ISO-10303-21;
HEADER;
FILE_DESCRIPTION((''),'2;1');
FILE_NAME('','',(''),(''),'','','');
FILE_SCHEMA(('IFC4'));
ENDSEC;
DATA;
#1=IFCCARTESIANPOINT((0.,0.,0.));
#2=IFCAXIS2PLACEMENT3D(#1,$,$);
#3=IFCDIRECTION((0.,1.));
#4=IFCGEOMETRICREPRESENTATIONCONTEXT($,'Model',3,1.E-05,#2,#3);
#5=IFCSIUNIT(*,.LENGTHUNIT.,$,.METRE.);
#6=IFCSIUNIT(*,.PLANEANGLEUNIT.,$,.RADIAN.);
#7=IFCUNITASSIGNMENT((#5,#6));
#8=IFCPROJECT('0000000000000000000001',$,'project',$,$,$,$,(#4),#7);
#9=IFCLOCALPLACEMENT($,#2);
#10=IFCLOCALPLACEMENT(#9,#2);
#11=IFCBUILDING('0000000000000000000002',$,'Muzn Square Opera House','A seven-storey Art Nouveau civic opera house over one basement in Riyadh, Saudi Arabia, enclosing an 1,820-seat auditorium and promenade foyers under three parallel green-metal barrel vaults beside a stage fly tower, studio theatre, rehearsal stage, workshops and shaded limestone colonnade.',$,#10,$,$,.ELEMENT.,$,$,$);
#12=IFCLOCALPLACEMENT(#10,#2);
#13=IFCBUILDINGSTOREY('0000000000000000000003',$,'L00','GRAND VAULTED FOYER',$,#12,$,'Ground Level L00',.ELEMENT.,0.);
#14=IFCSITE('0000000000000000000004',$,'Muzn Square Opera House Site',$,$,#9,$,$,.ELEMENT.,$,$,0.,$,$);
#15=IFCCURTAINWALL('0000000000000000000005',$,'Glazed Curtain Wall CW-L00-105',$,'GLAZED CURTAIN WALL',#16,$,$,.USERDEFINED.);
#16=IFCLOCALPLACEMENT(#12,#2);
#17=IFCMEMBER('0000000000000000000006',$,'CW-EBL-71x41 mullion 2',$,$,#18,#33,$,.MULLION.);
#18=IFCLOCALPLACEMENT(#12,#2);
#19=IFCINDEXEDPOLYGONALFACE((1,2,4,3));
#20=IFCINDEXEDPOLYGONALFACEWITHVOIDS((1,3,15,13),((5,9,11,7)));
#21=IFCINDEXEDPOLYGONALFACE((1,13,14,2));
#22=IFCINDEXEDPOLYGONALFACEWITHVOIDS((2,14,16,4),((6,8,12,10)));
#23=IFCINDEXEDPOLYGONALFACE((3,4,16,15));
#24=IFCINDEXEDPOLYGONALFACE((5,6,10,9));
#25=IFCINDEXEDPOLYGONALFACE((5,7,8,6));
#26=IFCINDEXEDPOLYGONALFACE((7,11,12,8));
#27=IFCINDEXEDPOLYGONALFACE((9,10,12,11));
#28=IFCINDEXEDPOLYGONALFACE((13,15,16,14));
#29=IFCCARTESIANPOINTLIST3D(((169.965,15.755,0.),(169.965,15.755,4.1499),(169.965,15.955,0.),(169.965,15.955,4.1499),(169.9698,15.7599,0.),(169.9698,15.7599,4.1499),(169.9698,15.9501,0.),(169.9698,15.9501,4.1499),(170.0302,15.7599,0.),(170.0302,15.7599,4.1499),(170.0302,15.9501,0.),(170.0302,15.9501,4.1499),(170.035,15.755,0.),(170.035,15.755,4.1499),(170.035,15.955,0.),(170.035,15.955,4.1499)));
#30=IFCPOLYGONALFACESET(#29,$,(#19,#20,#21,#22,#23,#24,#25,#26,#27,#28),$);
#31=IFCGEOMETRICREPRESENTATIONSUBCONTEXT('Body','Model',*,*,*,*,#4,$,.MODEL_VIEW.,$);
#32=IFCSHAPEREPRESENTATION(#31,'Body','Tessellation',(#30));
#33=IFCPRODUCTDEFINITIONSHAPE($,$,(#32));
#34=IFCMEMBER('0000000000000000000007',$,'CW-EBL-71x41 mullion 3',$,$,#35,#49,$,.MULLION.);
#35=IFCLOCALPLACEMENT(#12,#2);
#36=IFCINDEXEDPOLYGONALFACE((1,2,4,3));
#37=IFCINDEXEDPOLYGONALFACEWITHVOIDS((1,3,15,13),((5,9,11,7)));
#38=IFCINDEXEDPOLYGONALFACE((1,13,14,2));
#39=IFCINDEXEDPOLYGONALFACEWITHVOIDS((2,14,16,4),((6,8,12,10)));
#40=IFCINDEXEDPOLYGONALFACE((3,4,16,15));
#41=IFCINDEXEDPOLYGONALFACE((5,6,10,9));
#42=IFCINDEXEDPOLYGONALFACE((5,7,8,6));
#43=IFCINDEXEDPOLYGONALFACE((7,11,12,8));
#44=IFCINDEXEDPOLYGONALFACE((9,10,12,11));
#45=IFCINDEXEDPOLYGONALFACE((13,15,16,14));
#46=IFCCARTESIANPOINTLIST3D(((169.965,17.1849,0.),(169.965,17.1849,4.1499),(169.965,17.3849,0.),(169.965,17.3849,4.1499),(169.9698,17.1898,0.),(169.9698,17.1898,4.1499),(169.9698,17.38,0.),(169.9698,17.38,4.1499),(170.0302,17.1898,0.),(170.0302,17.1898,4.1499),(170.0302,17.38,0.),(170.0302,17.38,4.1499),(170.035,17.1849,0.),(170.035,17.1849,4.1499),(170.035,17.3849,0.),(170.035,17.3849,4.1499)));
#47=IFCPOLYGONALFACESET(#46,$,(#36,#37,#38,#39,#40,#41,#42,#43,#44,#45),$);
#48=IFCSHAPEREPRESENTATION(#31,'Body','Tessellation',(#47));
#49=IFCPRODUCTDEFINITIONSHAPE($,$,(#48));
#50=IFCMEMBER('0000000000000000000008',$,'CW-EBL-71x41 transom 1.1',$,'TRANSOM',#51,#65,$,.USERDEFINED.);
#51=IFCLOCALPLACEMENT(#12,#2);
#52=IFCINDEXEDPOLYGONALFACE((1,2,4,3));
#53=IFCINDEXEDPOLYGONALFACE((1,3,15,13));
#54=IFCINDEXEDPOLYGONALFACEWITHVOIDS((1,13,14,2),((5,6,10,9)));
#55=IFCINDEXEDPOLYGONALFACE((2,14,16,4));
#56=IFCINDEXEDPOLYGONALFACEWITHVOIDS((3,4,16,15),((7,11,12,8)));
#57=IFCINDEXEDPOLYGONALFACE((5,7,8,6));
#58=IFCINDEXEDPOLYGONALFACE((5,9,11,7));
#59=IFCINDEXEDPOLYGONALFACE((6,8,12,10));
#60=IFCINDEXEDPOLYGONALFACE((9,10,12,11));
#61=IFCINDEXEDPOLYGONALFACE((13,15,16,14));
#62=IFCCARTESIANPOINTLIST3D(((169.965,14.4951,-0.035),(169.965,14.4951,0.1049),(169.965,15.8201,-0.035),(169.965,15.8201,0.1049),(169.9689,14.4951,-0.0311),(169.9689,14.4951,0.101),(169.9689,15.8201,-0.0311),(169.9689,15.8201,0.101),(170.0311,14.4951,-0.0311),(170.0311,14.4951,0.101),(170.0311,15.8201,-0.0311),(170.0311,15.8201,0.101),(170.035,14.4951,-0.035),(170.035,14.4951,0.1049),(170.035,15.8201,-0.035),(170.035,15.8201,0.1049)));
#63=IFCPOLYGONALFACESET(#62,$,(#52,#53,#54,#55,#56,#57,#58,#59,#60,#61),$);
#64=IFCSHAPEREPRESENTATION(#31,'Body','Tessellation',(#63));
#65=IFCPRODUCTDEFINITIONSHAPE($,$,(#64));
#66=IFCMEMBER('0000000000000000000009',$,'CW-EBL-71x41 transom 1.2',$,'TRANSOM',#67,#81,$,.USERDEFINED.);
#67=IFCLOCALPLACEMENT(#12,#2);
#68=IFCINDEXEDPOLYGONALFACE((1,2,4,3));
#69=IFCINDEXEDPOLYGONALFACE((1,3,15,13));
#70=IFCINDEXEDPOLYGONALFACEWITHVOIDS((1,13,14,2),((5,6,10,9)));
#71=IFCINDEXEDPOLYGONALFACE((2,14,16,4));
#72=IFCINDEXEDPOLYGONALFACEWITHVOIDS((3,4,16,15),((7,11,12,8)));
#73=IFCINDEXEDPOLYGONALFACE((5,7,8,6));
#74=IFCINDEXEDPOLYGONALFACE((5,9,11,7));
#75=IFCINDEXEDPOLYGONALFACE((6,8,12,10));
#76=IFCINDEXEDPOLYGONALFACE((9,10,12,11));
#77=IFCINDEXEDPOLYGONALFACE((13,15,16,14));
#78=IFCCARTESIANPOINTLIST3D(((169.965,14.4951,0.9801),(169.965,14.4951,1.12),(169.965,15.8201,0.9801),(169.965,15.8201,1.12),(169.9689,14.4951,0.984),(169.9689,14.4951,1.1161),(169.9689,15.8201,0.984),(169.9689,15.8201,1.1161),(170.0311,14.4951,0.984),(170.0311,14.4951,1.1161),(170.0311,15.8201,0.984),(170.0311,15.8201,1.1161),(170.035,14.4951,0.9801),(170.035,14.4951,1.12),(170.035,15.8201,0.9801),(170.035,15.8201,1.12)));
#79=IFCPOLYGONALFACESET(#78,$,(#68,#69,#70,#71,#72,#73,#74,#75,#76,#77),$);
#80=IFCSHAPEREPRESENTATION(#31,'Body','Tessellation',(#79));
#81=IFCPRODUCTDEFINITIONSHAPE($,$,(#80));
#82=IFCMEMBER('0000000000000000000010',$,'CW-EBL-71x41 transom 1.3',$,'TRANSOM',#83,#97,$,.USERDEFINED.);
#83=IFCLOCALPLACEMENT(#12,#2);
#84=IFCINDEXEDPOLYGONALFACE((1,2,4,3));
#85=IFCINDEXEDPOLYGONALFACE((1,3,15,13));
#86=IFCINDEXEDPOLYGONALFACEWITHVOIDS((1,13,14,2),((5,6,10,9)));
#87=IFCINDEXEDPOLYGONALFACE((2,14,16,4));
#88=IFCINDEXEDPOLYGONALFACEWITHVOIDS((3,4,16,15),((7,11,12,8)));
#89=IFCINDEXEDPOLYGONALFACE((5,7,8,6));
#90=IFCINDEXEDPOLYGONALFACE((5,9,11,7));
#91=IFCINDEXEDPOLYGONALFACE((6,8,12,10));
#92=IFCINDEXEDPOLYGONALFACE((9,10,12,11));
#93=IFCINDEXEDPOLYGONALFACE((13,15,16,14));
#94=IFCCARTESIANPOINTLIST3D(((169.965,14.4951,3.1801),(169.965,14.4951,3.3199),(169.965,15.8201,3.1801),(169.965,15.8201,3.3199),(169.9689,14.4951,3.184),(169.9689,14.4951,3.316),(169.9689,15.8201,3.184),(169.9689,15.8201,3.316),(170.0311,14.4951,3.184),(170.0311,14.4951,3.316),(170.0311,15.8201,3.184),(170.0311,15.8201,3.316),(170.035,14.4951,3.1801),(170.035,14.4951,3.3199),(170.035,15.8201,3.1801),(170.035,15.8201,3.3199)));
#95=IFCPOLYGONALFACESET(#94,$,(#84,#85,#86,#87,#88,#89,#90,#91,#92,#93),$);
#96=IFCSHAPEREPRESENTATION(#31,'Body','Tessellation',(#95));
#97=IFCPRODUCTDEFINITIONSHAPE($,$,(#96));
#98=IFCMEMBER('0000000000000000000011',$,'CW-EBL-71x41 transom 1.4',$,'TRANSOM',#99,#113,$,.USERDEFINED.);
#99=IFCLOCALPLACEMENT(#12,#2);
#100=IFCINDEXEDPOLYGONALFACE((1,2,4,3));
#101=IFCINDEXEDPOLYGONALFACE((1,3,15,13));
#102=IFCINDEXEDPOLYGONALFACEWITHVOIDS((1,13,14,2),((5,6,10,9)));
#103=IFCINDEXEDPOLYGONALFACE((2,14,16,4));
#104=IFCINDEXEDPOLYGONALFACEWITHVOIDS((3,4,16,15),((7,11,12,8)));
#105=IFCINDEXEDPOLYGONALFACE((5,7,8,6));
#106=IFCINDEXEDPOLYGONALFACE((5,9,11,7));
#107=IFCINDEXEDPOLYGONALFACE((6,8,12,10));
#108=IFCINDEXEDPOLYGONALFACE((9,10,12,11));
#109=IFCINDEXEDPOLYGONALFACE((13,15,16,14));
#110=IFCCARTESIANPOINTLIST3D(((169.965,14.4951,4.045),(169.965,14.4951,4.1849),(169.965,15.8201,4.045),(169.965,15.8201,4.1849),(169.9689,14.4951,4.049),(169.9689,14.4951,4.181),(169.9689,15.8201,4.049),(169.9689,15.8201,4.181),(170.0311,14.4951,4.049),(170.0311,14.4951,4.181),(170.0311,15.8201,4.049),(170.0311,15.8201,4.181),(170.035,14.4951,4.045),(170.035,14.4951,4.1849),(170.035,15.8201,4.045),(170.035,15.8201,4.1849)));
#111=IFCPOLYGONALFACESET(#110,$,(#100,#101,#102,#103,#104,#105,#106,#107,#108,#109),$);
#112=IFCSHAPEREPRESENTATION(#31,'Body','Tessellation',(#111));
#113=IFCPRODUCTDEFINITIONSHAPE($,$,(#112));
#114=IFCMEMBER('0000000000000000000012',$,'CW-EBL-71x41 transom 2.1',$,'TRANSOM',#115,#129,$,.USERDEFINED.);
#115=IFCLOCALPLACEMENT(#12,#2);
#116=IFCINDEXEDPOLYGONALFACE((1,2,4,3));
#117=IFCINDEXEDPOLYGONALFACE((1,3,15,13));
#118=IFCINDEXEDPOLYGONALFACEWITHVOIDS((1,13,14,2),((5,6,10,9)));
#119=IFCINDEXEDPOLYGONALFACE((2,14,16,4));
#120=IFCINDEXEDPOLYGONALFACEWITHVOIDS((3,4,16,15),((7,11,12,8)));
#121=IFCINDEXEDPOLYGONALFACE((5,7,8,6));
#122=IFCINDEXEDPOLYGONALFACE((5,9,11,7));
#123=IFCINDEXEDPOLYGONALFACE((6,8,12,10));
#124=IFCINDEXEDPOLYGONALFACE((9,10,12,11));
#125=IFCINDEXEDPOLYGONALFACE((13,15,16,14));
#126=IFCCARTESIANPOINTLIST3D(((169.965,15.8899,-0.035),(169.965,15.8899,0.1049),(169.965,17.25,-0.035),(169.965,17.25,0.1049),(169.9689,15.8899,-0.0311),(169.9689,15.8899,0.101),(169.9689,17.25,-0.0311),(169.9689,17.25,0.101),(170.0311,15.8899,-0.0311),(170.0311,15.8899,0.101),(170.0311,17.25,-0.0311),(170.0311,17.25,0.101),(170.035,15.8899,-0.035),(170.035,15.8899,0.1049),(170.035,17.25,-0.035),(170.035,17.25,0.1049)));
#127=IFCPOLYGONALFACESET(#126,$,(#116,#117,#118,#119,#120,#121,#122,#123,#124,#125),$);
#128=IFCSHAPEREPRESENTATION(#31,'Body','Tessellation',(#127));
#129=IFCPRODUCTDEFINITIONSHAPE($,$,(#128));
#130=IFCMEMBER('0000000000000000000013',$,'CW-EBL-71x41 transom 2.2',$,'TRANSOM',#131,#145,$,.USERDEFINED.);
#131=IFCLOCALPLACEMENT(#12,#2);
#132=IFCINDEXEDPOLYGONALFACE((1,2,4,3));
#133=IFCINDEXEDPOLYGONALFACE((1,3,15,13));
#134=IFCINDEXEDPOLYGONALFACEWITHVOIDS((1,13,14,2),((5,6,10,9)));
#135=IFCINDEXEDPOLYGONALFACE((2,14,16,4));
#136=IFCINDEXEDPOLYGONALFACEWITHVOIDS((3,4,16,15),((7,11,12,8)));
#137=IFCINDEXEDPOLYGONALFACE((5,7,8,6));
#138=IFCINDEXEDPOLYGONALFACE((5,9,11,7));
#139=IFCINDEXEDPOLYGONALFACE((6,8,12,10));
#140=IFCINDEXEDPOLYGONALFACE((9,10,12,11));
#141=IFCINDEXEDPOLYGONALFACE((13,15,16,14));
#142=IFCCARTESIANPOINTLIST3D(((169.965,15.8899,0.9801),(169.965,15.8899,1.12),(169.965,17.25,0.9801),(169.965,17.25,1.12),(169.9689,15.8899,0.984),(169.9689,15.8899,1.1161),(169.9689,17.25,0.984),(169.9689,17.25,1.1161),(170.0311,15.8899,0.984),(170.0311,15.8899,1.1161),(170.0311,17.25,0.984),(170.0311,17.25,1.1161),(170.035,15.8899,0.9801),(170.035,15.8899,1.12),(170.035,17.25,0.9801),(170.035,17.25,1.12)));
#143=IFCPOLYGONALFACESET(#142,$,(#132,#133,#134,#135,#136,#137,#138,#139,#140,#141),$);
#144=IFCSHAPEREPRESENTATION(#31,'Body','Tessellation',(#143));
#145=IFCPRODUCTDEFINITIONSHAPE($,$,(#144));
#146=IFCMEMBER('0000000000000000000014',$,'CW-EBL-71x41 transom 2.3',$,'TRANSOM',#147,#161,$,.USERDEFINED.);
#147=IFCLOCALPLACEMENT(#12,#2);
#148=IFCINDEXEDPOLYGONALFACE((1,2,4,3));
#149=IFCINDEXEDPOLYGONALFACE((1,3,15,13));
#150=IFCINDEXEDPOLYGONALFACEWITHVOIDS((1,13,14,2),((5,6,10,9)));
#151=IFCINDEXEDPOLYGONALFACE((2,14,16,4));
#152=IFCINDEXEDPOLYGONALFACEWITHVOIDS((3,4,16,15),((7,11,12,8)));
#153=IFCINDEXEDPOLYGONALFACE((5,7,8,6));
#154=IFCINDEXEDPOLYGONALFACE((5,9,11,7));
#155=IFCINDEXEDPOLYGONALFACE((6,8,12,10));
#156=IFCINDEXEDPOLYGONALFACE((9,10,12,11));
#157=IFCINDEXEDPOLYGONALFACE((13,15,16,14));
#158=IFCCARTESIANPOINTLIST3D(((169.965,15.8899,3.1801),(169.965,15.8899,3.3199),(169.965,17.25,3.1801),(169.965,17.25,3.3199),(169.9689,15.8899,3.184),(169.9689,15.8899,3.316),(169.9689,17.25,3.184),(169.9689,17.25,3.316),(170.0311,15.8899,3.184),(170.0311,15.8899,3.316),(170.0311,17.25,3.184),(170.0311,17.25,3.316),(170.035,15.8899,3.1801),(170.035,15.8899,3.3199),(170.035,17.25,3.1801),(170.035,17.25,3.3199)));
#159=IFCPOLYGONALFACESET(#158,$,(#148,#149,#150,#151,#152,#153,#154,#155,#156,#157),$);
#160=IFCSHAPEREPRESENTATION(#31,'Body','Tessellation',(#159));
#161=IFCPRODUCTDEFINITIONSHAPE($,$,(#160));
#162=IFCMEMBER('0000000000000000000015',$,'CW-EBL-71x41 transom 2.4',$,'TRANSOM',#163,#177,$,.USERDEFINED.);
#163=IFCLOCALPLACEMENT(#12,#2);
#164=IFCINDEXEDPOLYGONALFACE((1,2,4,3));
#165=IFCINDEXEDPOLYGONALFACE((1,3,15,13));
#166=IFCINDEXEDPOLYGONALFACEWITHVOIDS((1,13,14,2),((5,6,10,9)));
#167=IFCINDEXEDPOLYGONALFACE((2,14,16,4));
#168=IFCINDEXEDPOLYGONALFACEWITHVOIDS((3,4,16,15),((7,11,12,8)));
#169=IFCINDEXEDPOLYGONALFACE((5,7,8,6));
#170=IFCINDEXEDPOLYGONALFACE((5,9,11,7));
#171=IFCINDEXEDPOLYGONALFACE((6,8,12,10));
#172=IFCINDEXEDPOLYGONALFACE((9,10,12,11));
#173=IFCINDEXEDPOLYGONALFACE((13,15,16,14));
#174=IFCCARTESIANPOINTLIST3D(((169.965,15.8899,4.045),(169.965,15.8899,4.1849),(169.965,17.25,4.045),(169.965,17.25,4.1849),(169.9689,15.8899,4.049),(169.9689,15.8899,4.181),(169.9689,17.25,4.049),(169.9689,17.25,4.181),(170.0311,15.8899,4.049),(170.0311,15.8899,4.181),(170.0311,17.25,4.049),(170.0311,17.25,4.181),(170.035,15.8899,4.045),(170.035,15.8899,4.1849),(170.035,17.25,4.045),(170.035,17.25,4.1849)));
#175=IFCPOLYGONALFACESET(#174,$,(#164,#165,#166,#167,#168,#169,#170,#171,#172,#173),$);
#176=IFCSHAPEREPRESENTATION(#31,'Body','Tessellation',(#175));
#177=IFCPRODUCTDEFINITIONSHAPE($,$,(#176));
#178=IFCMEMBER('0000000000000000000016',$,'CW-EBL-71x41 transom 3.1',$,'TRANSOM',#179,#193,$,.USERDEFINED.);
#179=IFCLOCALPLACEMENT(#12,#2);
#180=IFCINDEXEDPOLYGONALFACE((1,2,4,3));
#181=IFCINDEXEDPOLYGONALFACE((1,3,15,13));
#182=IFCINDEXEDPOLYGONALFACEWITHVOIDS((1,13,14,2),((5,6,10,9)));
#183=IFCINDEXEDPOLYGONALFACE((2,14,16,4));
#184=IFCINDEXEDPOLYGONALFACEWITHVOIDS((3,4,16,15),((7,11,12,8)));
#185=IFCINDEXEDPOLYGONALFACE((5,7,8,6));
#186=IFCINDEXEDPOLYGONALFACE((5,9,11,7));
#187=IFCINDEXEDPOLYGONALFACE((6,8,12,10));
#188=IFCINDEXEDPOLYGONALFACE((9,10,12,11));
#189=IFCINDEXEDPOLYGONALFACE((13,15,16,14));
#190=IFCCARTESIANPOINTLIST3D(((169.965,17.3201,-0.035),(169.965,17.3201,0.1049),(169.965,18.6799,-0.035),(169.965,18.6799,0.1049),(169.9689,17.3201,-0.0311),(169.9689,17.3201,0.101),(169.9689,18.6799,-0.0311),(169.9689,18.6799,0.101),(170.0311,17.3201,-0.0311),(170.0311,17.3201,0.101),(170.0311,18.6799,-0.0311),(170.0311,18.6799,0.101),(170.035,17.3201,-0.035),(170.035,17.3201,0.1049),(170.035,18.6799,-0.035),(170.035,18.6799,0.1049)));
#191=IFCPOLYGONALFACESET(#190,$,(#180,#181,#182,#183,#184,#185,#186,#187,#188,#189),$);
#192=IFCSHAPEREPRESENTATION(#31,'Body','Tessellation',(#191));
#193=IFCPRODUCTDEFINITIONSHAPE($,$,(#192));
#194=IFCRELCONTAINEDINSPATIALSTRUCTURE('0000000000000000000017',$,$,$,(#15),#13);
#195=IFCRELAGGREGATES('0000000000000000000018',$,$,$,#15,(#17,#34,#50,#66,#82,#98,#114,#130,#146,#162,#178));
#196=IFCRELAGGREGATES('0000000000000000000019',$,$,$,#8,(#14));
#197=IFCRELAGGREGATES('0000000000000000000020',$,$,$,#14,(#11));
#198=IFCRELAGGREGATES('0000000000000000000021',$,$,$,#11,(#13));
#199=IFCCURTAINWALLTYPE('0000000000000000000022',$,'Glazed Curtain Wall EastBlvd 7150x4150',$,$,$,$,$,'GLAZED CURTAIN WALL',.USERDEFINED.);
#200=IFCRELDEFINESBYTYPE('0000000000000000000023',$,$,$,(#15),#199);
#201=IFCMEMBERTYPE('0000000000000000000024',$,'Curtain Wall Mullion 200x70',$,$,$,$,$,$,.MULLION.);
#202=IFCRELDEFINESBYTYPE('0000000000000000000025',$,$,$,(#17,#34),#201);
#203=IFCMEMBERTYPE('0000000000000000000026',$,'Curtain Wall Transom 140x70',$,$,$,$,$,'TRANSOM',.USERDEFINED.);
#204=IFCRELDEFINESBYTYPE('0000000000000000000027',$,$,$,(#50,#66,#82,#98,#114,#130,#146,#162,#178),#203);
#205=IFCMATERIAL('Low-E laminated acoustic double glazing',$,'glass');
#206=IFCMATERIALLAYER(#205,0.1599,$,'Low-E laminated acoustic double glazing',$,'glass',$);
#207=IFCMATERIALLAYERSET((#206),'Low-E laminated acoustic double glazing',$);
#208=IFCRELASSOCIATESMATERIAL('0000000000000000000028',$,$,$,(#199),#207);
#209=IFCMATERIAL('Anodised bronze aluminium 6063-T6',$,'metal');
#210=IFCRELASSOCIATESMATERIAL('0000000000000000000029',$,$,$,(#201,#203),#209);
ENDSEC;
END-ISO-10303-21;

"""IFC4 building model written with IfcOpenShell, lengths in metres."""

from ifc_helpers import new_model, si_unit, direction, frame, origin, origin_2d, place, context, subcontext, project, spatial, hollow_rectangle, extrude, material, layer, layer_set, material_profile, profile_set, type_object, element, aggregate, save


model = new_model("IFC4")

# Units and contexts
model_context = context("Model", 3, precision=1e-05, world=origin(), true_north=direction((0.0, 1.0)))
body_context = subcontext(model_context, "Body", "Model", "MODEL_VIEW")
ifc_project = project(units=[si_unit("LENGTHUNIT", "METRE"), si_unit("PLANEANGLEUNIT", "RADIAN")], contexts=[model_context])

# Site, building, storey
site_placement = place(None, origin())
site = spatial("IfcSite", under=ifc_project, at=site_placement, Name="Muzn Square Opera House Site", CompositionType="ELEMENT", RefElevation=0.0)
building_placement = place(site_placement, origin())
building = spatial("IfcBuilding", under=site, at=building_placement, Name="Muzn Square Opera House", Description="A seven-storey Art Nouveau civic opera house over one basement in Riyadh, Saudi Arabia, enclosing an 1,820-seat auditorium and promenade foyers under three parallel green-metal barrel vaults beside a stage fly tower, studio theatre, rehearsal stage, workshops and shaded limestone colonnade.", CompositionType="ELEMENT")
storey_placement = place(building_placement, origin())
storey = spatial("IfcBuildingStorey", under=building, at=storey_placement, Name="L00", Description="GRAND VAULTED FOYER", LongName="Ground Level L00", CompositionType="ELEMENT", Elevation=0.0)

# Curtain wall, members
ifc_material_1 = material(Name="Low-E laminated acoustic double glazing", Category="glass")
ifc_layer_1 = layer(ifc_material_1, 0.1599, Name="Low-E laminated acoustic double glazing", Category="glass")
ifc_layer_set_1 = layer_set([ifc_layer_1], Name="Low-E laminated acoustic double glazing")
curtain_wall_type = type_object("IfcCurtainWallType", Name="Glazed Curtain Wall EastBlvd 7150x4150", ElementType="GLAZED CURTAIN WALL", PredefinedType="USERDEFINED", material=ifc_layer_set_1)
curtain_wall_placement = place(storey_placement, origin())
curtain_wall = element("IfcCurtainWall", 1, at=curtain_wall_placement, inside=storey, type_object=curtain_wall_type, Name="Glazed Curtain Wall CW-L00-105", ObjectType="GLAZED CURTAIN WALL", PredefinedType="USERDEFINED")
ifc_material_2 = material(Name="Anodised bronze aluminium 6063-T6", Category="metal")
ifc_material_profile_1 = material_profile(ifc_material_2, hollow_rectangle(XDim=0.0701, YDim=0.2, WallThickness=0.0049, at=origin_2d()), Name="ALU 200x70x5", Category="metal")
ifc_profile_set_1 = profile_set([ifc_material_profile_1], Name="Anodised bronze aluminium 6063-T6")
member_type_1 = type_object("IfcMemberType", Name="Curtain Wall Mullion 200x70", PredefinedType="MULLION", material=ifc_profile_set_1)
member_1_placement = place(storey_placement, frame((170.0, 15.855, 0.0), z_axis=(0.0, 0.0, 1.0), x_axis=(-1.0, 0.0, 0.0)))
member_1 = element("IfcMember", 2, at=member_1_placement, type_object=member_type_1, Name="CW-EBL-71x41 mullion 2", PredefinedType="MULLION", context=body_context, shape_type="SweptSolid", body=[
    extrude(hollow_rectangle(XDim=0.0701, YDim=0.2, WallThickness=0.0049, at=origin_2d()), origin(), (0.0, 0.0, 1.0), 4.1499),
])
member_2_placement = place(storey_placement, frame((170.0, 17.2849, 0.0), z_axis=(0.0, 0.0, 1.0), x_axis=(-1.0, 0.0, 0.0)))
member_2 = element("IfcMember", 3, at=member_2_placement, type_object=member_type_1, Name="CW-EBL-71x41 mullion 3", PredefinedType="MULLION", context=body_context, shape_type="SweptSolid", body=[
    extrude(hollow_rectangle(XDim=0.0701, YDim=0.2, WallThickness=0.0049, at=origin_2d()), origin(), (0.0, 0.0, 1.0), 4.1499),
])
ifc_material_profile_2 = material_profile(ifc_material_2, hollow_rectangle(XDim=0.0701, YDim=0.1399, WallThickness=0.0039, at=origin_2d()), Name="ALU 140x70x4", Category="metal")
ifc_profile_set_2 = profile_set([ifc_material_profile_2], Name="Anodised bronze aluminium 6063-T6")
member_type_2 = type_object("IfcMemberType", Name="Curtain Wall Transom 140x70", ElementType="TRANSOM", PredefinedType="USERDEFINED", material=ifc_profile_set_2)
member_3_placement = place(storey_placement, frame((170.0, 14.4951, 0.0349), z_axis=(0.0, 1.0, 0.0), x_axis=(-1.0, 0.0, 0.0)))
member_3 = element("IfcMember", 4, at=member_3_placement, type_object=member_type_2, Name="CW-EBL-71x41 transom 1.1", ObjectType="TRANSOM", PredefinedType="USERDEFINED", context=body_context, shape_type="SweptSolid", body=[
    extrude(hollow_rectangle(XDim=0.0701, YDim=0.1399, WallThickness=0.0039, at=origin_2d()), origin(), (0.0, 0.0, 1.0), 1.325),
])
member_4_placement = place(storey_placement, frame((170.0, 14.4951, 1.05), z_axis=(0.0, 1.0, 0.0), x_axis=(-1.0, 0.0, 0.0)))
member_4 = element("IfcMember", 5, at=member_4_placement, type_object=member_type_2, Name="CW-EBL-71x41 transom 1.2", ObjectType="TRANSOM", PredefinedType="USERDEFINED", context=body_context, shape_type="SweptSolid", body=[
    extrude(hollow_rectangle(XDim=0.0701, YDim=0.1399, WallThickness=0.0039, at=origin_2d()), origin(), (0.0, 0.0, 1.0), 1.325),
])
member_5_placement = place(storey_placement, frame((170.0, 14.4951, 3.25), z_axis=(0.0, 1.0, 0.0), x_axis=(-1.0, 0.0, 0.0)))
member_5 = element("IfcMember", 6, at=member_5_placement, type_object=member_type_2, Name="CW-EBL-71x41 transom 1.3", ObjectType="TRANSOM", PredefinedType="USERDEFINED", context=body_context, shape_type="SweptSolid", body=[
    extrude(hollow_rectangle(XDim=0.0701, YDim=0.1399, WallThickness=0.0039, at=origin_2d()), origin(), (0.0, 0.0, 1.0), 1.325),
])
member_6_placement = place(storey_placement, frame((170.0, 14.4951, 4.115), z_axis=(0.0, 1.0, 0.0), x_axis=(-1.0, 0.0, 0.0)))
member_6 = element("IfcMember", 7, at=member_6_placement, type_object=member_type_2, Name="CW-EBL-71x41 transom 1.4", ObjectType="TRANSOM", PredefinedType="USERDEFINED", context=body_context, shape_type="SweptSolid", body=[
    extrude(hollow_rectangle(XDim=0.0701, YDim=0.1399, WallThickness=0.0039, at=origin_2d()), origin(), (0.0, 0.0, 1.0), 1.325),
])
member_7_placement = place(storey_placement, frame((170.0, 15.8899, 0.0349), z_axis=(0.0, 1.0, 0.0), x_axis=(-1.0, 0.0, 0.0)))
member_7 = element("IfcMember", 8, at=member_7_placement, type_object=member_type_2, Name="CW-EBL-71x41 transom 2.1", ObjectType="TRANSOM", PredefinedType="USERDEFINED", context=body_context, shape_type="SweptSolid", body=[
    extrude(hollow_rectangle(XDim=0.0701, YDim=0.1399, WallThickness=0.0039, at=origin_2d()), origin(), (0.0, 0.0, 1.0), 1.3601),
])
member_8_placement = place(storey_placement, frame((170.0, 15.8899, 1.05), z_axis=(0.0, 1.0, 0.0), x_axis=(-1.0, 0.0, 0.0)))
member_8 = element("IfcMember", 9, at=member_8_placement, type_object=member_type_2, Name="CW-EBL-71x41 transom 2.2", ObjectType="TRANSOM", PredefinedType="USERDEFINED", context=body_context, shape_type="SweptSolid", body=[
    extrude(hollow_rectangle(XDim=0.0701, YDim=0.1399, WallThickness=0.0039, at=origin_2d()), origin(), (0.0, 0.0, 1.0), 1.3601),
])
member_9_placement = place(storey_placement, frame((170.0, 15.8899, 3.25), z_axis=(0.0, 1.0, 0.0), x_axis=(-1.0, 0.0, 0.0)))
member_9 = element("IfcMember", 10, at=member_9_placement, type_object=member_type_2, Name="CW-EBL-71x41 transom 2.3", ObjectType="TRANSOM", PredefinedType="USERDEFINED", context=body_context, shape_type="SweptSolid", body=[
    extrude(hollow_rectangle(XDim=0.0701, YDim=0.1399, WallThickness=0.0039, at=origin_2d()), origin(), (0.0, 0.0, 1.0), 1.3601),
])
member_10_placement = place(storey_placement, frame((170.0, 15.8899, 4.115), z_axis=(0.0, 1.0, 0.0), x_axis=(-1.0, 0.0, 0.0)))
member_10 = element("IfcMember", 11, at=member_10_placement, type_object=member_type_2, Name="CW-EBL-71x41 transom 2.4", ObjectType="TRANSOM", PredefinedType="USERDEFINED", context=body_context, shape_type="SweptSolid", body=[
    extrude(hollow_rectangle(XDim=0.0701, YDim=0.1399, WallThickness=0.0039, at=origin_2d()), origin(), (0.0, 0.0, 1.0), 1.3601),
])
member_11_placement = place(storey_placement, frame((170.0, 17.3201, 0.0349), z_axis=(0.0, 1.0, 0.0), x_axis=(-1.0, 0.0, 0.0)))
member_11 = element("IfcMember", 12, at=member_11_placement, type_object=member_type_2, Name="CW-EBL-71x41 transom 3.1", ObjectType="TRANSOM", PredefinedType="USERDEFINED", context=body_context, shape_type="SweptSolid", body=[
    extrude(hollow_rectangle(XDim=0.0701, YDim=0.1399, WallThickness=0.0039, at=origin_2d()), origin(), (0.0, 0.0, 1.0), 1.3599),
])
aggregate(curtain_wall, [member_1, member_2, member_3, member_4, member_5, member_6, member_7, member_8, member_9, member_10, member_11])

save(model, "model.ifc")
